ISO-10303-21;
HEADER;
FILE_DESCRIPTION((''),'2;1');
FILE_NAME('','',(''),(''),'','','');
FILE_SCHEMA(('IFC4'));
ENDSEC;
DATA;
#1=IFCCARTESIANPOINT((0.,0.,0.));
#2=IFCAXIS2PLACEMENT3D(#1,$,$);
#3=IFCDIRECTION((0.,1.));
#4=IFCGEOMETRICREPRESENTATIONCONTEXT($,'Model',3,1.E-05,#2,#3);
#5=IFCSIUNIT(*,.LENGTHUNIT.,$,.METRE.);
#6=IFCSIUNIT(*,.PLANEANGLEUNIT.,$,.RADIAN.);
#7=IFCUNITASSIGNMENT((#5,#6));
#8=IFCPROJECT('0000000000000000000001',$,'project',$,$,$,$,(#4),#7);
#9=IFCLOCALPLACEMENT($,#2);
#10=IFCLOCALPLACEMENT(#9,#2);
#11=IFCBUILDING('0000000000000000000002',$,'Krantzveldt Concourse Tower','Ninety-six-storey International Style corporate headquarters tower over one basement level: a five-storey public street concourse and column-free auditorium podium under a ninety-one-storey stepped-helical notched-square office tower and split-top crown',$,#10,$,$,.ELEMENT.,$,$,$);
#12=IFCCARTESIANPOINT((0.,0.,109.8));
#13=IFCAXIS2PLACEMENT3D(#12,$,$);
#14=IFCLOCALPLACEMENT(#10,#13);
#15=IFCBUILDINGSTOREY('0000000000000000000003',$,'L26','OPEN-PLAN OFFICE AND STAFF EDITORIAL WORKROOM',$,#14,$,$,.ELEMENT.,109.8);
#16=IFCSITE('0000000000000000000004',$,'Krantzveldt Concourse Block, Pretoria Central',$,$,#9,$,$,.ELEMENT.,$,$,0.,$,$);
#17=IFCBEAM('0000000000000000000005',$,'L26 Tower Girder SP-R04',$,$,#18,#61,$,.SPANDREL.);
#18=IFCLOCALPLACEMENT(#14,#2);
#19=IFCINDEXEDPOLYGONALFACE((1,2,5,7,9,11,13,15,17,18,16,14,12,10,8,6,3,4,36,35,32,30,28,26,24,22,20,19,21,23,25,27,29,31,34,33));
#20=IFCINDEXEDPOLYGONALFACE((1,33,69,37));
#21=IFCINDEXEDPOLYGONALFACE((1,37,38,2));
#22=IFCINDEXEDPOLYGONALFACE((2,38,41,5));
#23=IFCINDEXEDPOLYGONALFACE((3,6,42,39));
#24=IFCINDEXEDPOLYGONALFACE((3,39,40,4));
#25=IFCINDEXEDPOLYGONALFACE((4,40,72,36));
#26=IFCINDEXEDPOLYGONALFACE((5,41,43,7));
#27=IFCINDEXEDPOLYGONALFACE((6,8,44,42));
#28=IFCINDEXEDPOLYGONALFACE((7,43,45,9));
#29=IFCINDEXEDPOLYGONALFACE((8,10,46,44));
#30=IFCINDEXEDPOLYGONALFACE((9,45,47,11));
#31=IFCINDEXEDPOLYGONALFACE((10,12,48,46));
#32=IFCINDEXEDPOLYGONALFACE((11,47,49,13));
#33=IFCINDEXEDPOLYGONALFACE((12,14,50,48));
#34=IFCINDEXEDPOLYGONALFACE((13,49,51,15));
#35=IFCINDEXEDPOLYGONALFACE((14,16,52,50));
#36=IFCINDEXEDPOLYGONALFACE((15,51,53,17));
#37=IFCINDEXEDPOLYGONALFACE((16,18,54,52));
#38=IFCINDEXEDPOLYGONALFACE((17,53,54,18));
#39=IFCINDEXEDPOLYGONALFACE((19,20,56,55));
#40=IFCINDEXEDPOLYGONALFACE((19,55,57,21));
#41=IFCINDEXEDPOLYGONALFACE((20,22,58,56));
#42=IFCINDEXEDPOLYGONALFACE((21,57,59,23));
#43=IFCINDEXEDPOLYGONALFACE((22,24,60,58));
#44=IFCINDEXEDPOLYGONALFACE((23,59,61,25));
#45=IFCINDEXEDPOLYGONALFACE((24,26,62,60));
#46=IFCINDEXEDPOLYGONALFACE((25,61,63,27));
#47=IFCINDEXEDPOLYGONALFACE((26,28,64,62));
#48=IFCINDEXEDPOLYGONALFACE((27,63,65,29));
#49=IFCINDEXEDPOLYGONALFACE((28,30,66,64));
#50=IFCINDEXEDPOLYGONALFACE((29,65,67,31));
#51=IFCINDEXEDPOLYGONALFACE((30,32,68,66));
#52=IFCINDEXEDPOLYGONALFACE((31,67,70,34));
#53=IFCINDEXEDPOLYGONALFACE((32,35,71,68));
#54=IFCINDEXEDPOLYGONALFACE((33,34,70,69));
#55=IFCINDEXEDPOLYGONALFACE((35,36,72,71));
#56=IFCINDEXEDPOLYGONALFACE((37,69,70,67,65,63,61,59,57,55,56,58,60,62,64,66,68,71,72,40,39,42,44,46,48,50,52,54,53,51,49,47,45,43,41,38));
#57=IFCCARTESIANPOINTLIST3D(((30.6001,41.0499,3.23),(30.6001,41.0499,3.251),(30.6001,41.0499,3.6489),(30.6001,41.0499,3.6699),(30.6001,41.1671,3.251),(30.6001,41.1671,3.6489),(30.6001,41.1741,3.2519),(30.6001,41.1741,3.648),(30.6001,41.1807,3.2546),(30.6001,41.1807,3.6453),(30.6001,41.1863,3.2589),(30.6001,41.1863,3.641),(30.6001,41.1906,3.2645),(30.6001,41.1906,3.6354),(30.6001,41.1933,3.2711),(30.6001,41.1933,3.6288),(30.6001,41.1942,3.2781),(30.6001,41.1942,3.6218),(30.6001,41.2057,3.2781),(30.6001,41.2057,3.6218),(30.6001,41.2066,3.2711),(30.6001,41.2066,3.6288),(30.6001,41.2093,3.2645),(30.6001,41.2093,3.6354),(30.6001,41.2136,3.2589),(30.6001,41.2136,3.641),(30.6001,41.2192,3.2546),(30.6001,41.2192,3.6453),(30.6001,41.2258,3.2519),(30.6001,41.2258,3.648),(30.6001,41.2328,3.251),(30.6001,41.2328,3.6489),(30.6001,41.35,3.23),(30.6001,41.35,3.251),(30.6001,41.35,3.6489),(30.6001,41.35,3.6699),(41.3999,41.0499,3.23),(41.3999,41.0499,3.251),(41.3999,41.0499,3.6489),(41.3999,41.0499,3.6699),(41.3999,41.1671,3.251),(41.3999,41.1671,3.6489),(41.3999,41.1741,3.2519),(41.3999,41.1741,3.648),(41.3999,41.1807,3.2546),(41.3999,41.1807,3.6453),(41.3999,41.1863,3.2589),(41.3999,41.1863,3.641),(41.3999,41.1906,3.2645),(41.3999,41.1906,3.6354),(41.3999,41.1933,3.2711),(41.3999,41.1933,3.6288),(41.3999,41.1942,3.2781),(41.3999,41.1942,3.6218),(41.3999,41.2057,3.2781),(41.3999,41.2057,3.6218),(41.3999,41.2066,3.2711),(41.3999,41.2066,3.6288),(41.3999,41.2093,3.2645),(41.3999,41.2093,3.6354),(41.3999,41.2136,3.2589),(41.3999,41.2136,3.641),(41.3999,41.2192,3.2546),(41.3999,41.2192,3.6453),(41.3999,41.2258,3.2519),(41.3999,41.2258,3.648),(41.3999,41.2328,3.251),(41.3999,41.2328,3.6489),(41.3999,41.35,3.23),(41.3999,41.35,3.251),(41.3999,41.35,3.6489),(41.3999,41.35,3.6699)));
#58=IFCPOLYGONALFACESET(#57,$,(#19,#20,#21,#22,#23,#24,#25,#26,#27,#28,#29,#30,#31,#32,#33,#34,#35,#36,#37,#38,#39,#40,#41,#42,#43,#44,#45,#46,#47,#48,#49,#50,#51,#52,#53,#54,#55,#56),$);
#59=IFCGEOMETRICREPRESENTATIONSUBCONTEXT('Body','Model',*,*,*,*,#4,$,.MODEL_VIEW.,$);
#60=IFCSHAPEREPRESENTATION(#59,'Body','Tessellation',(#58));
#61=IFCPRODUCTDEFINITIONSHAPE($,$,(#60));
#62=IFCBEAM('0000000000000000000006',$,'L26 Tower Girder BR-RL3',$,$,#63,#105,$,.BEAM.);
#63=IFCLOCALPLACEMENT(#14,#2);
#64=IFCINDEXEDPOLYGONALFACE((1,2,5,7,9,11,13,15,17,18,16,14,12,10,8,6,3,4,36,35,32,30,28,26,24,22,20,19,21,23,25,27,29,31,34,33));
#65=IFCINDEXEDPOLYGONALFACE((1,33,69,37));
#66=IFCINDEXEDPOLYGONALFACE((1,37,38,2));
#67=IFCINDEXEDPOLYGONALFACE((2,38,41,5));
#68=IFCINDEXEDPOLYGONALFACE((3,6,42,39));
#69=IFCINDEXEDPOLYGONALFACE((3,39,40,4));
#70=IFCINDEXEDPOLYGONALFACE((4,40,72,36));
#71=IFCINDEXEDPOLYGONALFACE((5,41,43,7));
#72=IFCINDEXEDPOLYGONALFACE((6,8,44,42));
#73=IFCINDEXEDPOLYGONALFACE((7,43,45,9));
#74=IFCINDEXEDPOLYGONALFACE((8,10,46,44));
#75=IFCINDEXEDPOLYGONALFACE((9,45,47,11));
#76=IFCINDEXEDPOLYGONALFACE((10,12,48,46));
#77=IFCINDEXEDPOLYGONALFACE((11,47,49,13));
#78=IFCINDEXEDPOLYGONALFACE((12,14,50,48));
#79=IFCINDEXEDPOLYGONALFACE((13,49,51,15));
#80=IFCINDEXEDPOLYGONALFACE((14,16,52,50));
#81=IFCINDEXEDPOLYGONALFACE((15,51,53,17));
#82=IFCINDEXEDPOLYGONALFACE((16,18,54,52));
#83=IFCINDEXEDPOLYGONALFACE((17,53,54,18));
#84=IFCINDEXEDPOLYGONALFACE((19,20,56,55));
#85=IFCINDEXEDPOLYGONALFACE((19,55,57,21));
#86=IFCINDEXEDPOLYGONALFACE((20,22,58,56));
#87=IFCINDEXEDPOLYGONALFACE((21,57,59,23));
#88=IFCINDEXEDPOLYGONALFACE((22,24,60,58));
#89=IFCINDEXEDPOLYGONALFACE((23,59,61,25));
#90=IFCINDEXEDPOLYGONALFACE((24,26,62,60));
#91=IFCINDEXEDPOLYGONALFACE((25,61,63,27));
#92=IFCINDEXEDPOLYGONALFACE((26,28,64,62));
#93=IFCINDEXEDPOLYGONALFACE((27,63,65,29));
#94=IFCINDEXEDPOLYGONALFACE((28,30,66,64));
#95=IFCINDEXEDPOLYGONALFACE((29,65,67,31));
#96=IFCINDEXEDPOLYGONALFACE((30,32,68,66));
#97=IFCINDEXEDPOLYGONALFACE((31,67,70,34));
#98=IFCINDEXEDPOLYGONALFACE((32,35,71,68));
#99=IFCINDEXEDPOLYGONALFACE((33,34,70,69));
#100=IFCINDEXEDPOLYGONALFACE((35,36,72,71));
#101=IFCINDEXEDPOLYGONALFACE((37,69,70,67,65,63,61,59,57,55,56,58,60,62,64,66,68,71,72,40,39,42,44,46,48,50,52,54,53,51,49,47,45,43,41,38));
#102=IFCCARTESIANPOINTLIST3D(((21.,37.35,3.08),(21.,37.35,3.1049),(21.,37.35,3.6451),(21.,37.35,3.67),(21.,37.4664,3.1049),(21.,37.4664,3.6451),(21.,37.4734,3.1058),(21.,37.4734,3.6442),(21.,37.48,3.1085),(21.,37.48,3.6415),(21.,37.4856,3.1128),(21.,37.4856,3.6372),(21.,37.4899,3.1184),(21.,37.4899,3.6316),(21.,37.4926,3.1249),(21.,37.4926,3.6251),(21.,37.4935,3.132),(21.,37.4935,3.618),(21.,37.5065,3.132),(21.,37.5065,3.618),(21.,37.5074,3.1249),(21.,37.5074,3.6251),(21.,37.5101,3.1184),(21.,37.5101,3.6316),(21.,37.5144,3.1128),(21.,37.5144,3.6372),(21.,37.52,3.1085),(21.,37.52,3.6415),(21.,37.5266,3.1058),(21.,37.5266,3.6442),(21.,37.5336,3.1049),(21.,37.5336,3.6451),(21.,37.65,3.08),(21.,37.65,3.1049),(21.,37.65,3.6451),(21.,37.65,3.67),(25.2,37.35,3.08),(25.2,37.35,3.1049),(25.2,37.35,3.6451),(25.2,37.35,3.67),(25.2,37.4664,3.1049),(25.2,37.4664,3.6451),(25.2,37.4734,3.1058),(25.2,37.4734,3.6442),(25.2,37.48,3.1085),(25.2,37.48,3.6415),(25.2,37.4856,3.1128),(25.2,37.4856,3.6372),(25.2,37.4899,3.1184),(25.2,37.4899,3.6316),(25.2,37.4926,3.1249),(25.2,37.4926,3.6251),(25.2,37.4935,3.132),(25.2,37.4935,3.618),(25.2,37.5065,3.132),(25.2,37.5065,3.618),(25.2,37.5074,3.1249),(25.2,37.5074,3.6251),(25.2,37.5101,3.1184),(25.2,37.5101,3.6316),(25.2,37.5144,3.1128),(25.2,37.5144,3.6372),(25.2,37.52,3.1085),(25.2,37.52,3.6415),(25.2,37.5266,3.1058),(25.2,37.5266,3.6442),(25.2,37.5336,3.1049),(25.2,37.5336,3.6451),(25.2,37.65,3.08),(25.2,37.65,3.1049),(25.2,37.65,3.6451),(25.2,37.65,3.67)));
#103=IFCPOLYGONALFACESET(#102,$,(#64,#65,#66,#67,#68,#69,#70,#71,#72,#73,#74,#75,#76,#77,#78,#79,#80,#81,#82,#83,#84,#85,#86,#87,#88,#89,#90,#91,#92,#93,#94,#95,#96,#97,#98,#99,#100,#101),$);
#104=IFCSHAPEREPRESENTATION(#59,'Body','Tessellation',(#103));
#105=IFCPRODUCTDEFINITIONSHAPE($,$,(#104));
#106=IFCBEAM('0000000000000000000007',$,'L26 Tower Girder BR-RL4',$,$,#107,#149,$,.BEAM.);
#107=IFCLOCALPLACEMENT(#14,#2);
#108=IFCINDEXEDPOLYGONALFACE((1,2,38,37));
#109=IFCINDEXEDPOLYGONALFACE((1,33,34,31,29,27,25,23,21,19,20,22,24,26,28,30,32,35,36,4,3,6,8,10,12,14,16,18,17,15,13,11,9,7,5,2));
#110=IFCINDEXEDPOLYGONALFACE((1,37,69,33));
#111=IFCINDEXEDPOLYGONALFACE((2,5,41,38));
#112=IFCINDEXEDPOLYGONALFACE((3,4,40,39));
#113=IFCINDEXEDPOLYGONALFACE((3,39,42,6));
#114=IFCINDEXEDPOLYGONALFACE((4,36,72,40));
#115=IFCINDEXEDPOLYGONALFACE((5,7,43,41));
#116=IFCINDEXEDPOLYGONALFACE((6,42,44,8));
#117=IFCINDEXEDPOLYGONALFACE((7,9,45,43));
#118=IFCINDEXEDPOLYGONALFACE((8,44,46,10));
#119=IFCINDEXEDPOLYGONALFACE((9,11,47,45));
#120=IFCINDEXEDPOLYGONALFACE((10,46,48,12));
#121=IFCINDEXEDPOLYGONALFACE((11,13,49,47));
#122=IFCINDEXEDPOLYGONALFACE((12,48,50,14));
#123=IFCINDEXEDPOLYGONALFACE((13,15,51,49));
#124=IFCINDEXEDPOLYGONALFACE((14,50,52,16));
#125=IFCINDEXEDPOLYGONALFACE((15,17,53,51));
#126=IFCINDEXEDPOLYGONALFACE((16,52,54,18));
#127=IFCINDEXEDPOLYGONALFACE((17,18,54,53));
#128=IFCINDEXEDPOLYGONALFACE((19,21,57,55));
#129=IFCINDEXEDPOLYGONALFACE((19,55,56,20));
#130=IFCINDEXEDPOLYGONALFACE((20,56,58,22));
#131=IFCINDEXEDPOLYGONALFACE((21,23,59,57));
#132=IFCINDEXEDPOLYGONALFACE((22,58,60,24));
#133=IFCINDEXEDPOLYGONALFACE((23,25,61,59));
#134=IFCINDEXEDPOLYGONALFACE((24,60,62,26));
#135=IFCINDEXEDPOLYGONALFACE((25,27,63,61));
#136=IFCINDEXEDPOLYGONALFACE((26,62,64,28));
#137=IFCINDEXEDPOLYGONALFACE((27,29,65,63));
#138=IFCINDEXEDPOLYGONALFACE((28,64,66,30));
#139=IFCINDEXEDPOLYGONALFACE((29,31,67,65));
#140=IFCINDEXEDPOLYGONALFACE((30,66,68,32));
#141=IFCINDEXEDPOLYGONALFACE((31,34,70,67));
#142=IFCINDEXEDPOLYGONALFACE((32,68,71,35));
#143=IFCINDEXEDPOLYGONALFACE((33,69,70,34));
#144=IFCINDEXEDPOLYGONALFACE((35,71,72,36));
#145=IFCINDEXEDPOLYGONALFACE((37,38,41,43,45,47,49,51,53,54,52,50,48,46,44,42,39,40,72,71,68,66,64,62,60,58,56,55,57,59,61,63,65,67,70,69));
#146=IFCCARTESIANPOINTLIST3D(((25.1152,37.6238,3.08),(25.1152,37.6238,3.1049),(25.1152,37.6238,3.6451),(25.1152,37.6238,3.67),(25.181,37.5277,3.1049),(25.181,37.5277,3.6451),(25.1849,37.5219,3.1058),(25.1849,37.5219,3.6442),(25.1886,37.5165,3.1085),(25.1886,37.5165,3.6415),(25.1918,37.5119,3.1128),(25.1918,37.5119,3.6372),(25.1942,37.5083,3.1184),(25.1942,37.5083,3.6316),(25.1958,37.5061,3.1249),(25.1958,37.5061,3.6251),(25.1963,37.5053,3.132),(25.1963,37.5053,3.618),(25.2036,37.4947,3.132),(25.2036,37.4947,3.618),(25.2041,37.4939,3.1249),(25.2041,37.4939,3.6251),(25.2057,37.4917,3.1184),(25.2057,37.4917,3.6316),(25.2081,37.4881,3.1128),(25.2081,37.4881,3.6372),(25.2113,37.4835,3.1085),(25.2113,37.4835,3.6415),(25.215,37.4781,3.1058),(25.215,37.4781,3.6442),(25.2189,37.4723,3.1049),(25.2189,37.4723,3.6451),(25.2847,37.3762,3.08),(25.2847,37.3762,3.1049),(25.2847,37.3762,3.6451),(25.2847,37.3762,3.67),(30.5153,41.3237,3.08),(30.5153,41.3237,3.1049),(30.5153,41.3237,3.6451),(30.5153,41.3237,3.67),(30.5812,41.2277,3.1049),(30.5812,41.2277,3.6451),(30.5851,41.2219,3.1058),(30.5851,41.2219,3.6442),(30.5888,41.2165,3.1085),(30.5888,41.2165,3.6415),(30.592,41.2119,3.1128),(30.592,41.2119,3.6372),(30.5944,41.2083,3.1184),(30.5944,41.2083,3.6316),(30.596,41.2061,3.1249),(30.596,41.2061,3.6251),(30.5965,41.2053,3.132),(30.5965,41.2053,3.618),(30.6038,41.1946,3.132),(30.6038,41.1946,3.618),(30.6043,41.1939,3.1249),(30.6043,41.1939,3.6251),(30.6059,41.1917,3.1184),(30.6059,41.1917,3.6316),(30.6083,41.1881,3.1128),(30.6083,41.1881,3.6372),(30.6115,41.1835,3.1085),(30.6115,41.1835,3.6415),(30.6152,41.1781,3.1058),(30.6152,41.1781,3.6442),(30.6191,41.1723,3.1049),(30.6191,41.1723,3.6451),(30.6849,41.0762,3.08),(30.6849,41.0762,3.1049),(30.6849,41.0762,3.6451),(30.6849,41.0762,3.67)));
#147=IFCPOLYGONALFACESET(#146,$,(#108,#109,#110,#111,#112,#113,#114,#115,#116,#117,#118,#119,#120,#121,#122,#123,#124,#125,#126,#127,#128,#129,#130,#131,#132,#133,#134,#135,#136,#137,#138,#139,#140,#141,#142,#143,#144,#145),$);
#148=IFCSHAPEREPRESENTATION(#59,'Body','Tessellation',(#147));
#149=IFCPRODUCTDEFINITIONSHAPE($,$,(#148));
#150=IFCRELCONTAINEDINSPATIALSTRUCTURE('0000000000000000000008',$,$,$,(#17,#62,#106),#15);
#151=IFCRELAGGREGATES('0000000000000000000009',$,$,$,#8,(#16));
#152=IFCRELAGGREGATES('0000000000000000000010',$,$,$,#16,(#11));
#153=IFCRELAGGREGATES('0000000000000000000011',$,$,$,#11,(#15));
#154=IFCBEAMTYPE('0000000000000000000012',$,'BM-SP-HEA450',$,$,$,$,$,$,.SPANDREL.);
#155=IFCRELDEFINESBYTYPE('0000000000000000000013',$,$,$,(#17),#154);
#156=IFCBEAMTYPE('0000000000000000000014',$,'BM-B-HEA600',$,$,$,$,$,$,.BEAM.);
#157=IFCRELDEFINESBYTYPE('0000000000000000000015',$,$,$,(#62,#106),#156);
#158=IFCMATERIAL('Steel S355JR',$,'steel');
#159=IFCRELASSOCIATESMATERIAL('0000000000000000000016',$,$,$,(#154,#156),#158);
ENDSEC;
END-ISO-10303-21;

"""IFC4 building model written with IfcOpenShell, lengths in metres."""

from ifc_helpers import new_model, si_unit, direction, frame, origin, origin_2d, place, context, subcontext, project, spatial, i_section, extrude, source, transform, mapped, material, material_profile, profile_set, type_object, type_shapes, element, save


model = new_model("IFC4")

# Units and contexts
model_context = context("Model", 3, precision=1e-05, world=origin(), true_north=direction((0.0, 1.0)))
body_context = subcontext(model_context, "Body", "Model", "MODEL_VIEW")
ifc_project = project(units=[si_unit("LENGTHUNIT", "METRE"), si_unit("PLANEANGLEUNIT", "RADIAN")], contexts=[model_context])

# Site, building, storey
site_placement = place(None, origin())
site = spatial("IfcSite", under=ifc_project, at=site_placement, Name="Krantzveldt Concourse Block, Pretoria Central", CompositionType="ELEMENT", RefElevation=0.0)
building_placement = place(site_placement, origin())
building = spatial("IfcBuilding", under=site, at=building_placement, Name="Krantzveldt Concourse Tower", Description="Ninety-six-storey International Style corporate headquarters tower over one basement level: a five-storey public street concourse and column-free auditorium podium under a ninety-one-storey stepped-helical notched-square office tower and split-top crown", CompositionType="ELEMENT")
storey_placement = place(building_placement, frame((0.0, 0.0, 109.8)))
storey = spatial("IfcBuildingStorey", under=building, at=storey_placement, Name="L26", Description="OPEN-PLAN OFFICE AND STAFF EDITORIAL WORKROOM", CompositionType="ELEMENT", Elevation=109.8)

# Beams
ifc_material_1 = material(Name="Steel S355JR", Category="steel")
ifc_material_profile_1 = material_profile(ifc_material_1, i_section(OverallWidth=0.3, OverallDepth=0.4399, WebThickness=0.0115, FlangeThickness=0.021, FilletRadius=0.0271, at=origin_2d()), Name="Steel S355JR", Category="steel")
ifc_profile_set_1 = profile_set([ifc_material_profile_1], Name="Steel S355JR - HEA 450")
beam_type_1 = type_object("IfcBeamType", Name="BM-SP-HEA450", PredefinedType="SPANDREL", material=ifc_profile_set_1)
shared_shape_1 = source(origin(), body_context, "Body", "SweptSolid", [
    extrude(i_section(OverallWidth=0.3, OverallDepth=0.4399, WebThickness=0.0115, FlangeThickness=0.021, FilletRadius=0.0271, at=origin_2d()), origin(), (0.0, 0.0, 1.0), 10.7998),
])
beam_1_placement = place(storey_placement, frame((30.6001, 41.2, 3.45), z_axis=(1.0, 0.0, 0.0), x_axis=(0.0, 1.0, 0.0)))
element("IfcBeam", 1, at=beam_1_placement, inside=storey, type_object=beam_type_1, Name="L26 Tower Girder SP-R04", PredefinedType="SPANDREL", context=body_context, shape_type="MappedRepresentation", body=[
    mapped(shared_shape_1, transform((0.0, 0.0, 0.0), x_axis=(1.0, 0.0, 0.0), y_axis=(0.0, 1.0, 0.0), z_axis=(0.0, 0.0, 1.0), scale=1.0)),
])
ifc_material_profile_2 = material_profile(ifc_material_1, i_section(OverallWidth=0.3, OverallDepth=0.5901, WebThickness=0.0129, FlangeThickness=0.0249, FilletRadius=0.0271, at=origin_2d()), Name="Steel S355JR", Category="steel")
ifc_profile_set_2 = profile_set([ifc_material_profile_2], Name="Steel S355JR - HEA 600")
beam_type_2 = type_object("IfcBeamType", Name="BM-B-HEA600", PredefinedType="BEAM", material=ifc_profile_set_2)
shared_shape_2 = source(origin(), body_context, "Body", "SweptSolid", [
    extrude(i_section(OverallWidth=0.3, OverallDepth=0.5901, WebThickness=0.0129, FlangeThickness=0.0249, FilletRadius=0.0271, at=origin_2d()), origin(), (0.0, 0.0, 1.0), 4.2),
])
beam_2_placement = place(storey_placement, frame((21.0, 37.5, 3.375), z_axis=(1.0, 0.0, 0.0), x_axis=(0.0, 1.0, 0.0)))
element("IfcBeam", 2, at=beam_2_placement, inside=storey, type_object=beam_type_2, Name="L26 Tower Girder BR-RL3", PredefinedType="BEAM", context=body_context, shape_type="MappedRepresentation", body=[
    mapped(shared_shape_2, transform((0.0, 0.0, 0.0), x_axis=(1.0, 0.0, 0.0), y_axis=(0.0, 1.0, 0.0), z_axis=(0.0, 0.0, 1.0), scale=1.0)),
])
shared_shape_3 = source(origin(), body_context, "Body", "SweptSolid", [
    extrude(i_section(OverallWidth=0.3, OverallDepth=0.5901, WebThickness=0.0129, FlangeThickness=0.0249, FilletRadius=0.0271, at=origin_2d()), origin(), (0.0, 0.0, 1.0), 6.5461),
])
type_shapes(beam_type_2, [shared_shape_2, shared_shape_3])
beam_3_placement = place(storey_placement, frame((25.2, 37.5, 3.375), z_axis=(0.824943, 0.565216, 0.0), x_axis=(-0.565216, 0.824943, 0.0)))
element("IfcBeam", 3, at=beam_3_placement, inside=storey, type_object=beam_type_2, Name="L26 Tower Girder BR-RL4", PredefinedType="BEAM", context=body_context, shape_type="MappedRepresentation", body=[
    mapped(shared_shape_3, transform((0.0, 0.0, 0.0), x_axis=(1.0, 0.0, 0.0), y_axis=(0.0, 1.0, 0.0), z_axis=(0.0, 0.0, 1.0), scale=1.0)),
])

save(model, "model.ifc")
